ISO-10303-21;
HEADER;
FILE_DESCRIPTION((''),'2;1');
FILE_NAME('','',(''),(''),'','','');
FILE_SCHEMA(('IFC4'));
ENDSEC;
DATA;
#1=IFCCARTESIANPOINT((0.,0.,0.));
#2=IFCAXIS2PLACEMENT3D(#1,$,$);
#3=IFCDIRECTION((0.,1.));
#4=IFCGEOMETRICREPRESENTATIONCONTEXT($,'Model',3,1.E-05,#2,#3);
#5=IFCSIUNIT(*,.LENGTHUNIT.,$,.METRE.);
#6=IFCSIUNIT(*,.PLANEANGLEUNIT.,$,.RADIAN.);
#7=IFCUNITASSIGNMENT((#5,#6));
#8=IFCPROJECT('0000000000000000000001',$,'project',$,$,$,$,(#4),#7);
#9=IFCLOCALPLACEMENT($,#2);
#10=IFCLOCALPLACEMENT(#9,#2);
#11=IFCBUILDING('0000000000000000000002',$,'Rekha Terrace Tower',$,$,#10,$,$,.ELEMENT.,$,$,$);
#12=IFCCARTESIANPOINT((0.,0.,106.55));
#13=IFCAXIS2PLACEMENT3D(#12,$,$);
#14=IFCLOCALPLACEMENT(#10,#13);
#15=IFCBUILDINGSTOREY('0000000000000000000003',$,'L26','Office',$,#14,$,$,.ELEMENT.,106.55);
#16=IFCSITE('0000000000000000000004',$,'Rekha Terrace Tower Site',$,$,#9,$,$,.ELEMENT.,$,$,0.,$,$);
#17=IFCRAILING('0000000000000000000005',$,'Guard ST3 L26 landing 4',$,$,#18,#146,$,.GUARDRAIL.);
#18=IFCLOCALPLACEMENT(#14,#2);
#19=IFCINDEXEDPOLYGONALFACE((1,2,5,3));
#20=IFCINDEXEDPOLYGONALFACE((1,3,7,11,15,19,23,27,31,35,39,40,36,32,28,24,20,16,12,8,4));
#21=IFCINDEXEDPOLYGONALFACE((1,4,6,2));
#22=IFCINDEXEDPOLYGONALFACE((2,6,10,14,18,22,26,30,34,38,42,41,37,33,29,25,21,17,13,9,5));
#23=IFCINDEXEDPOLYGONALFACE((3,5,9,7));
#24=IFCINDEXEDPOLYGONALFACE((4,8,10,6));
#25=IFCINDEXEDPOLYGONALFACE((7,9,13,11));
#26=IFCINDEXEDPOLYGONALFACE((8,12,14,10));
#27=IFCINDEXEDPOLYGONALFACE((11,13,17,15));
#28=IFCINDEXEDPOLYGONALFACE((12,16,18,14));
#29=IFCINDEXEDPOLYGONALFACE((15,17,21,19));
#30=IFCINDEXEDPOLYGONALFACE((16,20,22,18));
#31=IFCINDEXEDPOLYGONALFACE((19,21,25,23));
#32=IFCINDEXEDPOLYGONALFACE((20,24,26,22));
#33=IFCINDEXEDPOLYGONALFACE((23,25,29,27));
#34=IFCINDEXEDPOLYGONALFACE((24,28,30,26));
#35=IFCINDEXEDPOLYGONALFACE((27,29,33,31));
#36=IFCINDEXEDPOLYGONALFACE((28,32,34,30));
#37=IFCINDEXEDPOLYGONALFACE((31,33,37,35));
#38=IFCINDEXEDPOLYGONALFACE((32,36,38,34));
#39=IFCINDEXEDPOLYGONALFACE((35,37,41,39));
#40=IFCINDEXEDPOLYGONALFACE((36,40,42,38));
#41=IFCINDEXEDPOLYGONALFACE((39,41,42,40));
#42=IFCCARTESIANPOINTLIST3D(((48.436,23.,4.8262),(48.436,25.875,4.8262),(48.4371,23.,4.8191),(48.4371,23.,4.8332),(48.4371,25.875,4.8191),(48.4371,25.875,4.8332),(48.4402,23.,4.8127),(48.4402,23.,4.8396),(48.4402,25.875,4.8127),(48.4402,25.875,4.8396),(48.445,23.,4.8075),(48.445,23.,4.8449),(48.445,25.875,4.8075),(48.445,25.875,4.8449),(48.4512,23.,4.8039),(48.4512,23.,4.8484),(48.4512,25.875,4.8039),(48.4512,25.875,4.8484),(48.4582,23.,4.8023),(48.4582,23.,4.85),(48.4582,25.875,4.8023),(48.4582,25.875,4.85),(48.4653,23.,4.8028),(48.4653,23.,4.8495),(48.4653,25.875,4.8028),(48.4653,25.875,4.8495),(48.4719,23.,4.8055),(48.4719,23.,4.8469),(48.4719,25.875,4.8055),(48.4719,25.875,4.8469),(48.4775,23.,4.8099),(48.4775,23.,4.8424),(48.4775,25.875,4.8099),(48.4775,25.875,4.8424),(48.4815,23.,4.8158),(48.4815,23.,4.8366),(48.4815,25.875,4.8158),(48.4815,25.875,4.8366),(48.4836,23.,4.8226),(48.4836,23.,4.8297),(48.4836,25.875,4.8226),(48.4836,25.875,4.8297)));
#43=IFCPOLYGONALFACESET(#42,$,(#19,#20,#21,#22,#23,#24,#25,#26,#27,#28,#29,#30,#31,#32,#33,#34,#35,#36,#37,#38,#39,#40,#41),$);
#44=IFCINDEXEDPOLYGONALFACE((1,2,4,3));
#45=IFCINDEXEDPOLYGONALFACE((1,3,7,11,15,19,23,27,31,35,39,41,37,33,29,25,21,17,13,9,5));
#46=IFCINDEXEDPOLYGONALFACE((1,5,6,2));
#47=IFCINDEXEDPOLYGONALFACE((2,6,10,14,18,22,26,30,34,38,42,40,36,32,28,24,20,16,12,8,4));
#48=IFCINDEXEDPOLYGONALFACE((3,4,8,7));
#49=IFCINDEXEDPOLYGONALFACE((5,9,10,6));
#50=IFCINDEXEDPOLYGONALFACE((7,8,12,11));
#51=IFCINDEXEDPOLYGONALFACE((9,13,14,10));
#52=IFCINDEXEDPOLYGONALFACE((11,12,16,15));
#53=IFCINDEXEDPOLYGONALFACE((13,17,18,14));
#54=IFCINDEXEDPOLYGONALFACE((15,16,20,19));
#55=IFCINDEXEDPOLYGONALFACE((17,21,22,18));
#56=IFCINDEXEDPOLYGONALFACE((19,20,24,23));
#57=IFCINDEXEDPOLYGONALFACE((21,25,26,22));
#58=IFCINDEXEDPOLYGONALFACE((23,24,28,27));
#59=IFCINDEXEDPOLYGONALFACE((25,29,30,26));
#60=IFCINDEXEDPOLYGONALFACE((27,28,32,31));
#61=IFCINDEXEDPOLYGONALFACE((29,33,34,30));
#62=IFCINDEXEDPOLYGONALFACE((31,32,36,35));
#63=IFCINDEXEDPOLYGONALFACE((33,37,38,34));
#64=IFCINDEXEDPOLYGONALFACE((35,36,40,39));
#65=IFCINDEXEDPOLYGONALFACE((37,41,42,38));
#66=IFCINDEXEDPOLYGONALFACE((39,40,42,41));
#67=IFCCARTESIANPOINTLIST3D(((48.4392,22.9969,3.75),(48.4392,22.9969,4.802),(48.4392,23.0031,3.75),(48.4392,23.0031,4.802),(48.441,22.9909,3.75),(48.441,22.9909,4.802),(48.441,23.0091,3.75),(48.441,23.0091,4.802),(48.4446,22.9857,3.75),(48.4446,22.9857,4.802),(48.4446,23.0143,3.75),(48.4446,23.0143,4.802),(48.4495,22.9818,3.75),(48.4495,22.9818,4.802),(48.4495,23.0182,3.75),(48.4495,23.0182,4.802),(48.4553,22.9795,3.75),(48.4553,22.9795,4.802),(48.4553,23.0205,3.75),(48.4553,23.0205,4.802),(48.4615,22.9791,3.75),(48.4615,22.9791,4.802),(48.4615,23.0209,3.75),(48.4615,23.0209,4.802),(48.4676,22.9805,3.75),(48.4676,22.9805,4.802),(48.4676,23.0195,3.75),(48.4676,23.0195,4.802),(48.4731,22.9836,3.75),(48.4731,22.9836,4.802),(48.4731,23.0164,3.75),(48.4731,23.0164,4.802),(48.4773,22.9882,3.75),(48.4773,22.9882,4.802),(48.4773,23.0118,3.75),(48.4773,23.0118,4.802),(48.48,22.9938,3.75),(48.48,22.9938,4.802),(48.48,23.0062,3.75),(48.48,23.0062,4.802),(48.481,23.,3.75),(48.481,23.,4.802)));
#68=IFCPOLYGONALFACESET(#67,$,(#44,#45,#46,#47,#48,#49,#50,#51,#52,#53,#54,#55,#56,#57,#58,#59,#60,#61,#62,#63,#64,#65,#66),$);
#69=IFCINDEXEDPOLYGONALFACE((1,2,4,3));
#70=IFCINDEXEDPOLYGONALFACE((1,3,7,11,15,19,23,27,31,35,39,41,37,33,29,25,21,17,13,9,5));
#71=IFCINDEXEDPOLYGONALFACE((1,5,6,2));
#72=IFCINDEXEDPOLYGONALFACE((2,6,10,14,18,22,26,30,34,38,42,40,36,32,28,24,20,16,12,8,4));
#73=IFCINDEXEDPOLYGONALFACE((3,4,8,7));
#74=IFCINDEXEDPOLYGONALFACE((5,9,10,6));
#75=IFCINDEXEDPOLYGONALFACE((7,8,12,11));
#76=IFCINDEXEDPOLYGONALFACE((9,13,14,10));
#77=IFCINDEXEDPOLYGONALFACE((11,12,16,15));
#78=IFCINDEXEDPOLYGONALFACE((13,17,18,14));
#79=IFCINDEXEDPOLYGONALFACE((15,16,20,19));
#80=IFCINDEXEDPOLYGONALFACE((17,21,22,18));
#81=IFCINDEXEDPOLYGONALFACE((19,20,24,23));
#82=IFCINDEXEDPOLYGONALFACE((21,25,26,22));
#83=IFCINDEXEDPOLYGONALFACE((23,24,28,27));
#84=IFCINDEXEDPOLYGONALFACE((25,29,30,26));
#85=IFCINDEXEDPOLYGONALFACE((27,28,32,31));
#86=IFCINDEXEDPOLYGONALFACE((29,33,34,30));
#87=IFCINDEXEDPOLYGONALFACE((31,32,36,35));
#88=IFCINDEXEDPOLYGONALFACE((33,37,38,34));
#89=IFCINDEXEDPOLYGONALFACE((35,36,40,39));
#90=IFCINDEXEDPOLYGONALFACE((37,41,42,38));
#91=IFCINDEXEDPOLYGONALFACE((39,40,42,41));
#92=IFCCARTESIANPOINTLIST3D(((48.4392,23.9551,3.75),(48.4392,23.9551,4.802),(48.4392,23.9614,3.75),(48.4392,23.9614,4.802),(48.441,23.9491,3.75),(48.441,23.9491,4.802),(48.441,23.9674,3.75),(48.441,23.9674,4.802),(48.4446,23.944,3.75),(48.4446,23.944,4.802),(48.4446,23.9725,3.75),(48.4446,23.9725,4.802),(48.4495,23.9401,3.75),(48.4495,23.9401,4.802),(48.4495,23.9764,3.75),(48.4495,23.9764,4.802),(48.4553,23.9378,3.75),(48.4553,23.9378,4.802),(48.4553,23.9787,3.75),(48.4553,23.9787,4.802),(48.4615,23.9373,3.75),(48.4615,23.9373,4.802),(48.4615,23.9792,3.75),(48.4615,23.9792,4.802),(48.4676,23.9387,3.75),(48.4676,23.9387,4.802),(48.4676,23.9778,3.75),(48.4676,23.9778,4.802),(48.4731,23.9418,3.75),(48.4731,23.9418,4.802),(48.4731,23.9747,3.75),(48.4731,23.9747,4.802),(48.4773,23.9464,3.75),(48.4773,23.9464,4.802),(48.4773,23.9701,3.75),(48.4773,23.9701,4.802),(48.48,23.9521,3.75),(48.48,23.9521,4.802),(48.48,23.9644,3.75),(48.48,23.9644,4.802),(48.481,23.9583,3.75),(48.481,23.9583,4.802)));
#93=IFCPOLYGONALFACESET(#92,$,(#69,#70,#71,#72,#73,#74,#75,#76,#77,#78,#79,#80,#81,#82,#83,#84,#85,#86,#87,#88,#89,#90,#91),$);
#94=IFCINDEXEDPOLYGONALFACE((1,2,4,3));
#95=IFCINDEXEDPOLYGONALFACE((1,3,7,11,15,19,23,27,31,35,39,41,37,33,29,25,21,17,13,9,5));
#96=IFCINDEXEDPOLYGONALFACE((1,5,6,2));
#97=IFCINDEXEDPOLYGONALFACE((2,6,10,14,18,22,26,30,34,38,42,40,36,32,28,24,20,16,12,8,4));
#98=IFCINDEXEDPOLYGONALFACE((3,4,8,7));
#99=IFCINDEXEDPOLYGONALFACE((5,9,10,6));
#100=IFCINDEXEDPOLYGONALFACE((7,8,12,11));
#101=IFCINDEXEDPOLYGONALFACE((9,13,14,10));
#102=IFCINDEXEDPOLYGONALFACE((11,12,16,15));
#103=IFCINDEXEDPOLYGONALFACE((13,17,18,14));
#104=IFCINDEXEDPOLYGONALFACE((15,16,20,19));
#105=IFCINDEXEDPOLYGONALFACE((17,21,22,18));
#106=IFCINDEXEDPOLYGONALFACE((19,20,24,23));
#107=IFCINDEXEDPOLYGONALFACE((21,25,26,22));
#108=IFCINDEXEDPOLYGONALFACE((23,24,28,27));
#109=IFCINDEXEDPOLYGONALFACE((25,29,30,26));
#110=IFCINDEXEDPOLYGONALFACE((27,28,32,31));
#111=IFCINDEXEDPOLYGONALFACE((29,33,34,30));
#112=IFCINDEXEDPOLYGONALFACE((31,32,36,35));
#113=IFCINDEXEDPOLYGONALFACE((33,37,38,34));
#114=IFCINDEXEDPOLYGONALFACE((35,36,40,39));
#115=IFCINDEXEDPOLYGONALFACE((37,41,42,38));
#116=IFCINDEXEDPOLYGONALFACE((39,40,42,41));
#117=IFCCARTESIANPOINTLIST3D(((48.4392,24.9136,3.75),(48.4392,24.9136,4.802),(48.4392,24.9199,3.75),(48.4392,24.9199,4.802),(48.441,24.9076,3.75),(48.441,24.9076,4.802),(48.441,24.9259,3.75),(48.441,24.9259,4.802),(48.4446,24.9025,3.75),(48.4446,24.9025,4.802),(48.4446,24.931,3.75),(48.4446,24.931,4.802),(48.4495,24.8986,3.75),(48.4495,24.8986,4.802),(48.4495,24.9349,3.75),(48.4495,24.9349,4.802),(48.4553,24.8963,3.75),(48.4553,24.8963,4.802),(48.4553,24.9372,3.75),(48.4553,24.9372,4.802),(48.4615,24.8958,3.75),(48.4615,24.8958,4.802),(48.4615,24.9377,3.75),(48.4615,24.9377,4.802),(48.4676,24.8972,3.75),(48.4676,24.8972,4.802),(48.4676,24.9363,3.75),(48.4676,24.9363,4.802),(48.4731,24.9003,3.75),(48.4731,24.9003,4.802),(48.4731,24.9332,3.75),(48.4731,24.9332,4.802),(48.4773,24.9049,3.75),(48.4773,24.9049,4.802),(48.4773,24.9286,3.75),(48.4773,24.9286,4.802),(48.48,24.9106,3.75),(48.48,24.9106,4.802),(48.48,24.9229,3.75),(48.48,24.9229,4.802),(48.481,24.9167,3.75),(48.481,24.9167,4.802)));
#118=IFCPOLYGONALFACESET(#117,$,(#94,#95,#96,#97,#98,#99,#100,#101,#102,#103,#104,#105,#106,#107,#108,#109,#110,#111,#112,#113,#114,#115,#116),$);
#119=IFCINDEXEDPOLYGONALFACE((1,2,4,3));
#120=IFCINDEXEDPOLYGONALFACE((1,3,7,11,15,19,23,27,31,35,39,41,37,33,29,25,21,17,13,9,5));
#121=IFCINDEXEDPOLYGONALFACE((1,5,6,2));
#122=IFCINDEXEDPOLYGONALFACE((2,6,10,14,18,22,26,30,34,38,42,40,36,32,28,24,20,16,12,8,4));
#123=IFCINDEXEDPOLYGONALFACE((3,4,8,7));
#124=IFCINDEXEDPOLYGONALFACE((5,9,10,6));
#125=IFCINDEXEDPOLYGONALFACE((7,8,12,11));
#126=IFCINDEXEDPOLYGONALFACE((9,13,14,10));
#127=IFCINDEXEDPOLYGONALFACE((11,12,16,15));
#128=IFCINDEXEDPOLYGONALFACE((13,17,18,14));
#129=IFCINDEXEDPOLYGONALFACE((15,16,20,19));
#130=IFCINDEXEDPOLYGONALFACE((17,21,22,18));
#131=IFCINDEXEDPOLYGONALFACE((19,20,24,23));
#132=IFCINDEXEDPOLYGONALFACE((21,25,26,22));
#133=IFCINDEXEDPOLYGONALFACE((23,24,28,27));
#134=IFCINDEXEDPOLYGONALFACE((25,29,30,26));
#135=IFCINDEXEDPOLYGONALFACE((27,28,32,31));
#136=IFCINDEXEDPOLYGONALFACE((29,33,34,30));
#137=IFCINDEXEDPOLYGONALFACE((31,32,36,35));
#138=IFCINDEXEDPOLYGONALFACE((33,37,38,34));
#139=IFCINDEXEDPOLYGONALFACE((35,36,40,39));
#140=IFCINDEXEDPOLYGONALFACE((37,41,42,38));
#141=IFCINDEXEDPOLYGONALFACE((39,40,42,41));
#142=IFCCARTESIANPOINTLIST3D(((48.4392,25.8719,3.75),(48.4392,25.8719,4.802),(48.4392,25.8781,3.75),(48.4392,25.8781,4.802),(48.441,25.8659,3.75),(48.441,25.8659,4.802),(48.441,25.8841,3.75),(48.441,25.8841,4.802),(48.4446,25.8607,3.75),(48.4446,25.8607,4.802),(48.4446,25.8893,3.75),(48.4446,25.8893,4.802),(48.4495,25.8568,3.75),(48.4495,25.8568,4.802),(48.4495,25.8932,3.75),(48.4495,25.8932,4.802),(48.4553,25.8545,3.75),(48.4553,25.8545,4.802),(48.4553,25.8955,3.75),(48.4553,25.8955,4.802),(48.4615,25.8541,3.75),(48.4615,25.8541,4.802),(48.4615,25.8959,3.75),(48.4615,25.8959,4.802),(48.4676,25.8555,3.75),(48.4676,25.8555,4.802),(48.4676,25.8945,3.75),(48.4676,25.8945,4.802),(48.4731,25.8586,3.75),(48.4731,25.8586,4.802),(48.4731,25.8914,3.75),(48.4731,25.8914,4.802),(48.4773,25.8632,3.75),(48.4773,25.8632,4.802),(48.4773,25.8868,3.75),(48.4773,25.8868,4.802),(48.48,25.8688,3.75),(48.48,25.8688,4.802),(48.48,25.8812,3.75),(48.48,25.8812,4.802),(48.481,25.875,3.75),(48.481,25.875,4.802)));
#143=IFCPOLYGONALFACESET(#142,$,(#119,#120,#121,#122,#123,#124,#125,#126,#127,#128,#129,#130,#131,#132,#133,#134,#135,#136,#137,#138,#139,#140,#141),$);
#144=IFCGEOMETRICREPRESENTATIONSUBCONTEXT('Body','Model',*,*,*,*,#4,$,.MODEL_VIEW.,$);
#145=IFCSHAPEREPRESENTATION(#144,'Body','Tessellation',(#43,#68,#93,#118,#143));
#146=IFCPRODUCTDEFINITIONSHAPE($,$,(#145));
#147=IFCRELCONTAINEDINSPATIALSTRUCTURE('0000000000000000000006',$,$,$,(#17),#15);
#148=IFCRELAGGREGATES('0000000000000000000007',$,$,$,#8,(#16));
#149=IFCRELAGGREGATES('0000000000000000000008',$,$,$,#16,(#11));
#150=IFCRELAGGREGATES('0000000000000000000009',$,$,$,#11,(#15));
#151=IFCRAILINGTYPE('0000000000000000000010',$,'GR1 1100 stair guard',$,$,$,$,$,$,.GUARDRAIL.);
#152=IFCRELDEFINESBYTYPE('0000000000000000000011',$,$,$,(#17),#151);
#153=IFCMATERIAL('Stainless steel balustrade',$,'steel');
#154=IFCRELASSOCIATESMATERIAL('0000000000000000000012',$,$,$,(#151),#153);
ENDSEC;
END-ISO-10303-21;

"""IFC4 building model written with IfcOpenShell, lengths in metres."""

from ifc_helpers import new_model, si_unit, direction, frame, origin, origin_2d, place, context, subcontext, project, spatial, circle, extrude, material, type_object, element, save


model = new_model("IFC4")

# Units and contexts
model_context = context("Model", 3, precision=1e-05, world=origin(), true_north=direction((0.0, 1.0)))
body_context = subcontext(model_context, "Body", "Model", "MODEL_VIEW")
ifc_project = project(units=[si_unit("LENGTHUNIT", "METRE"), si_unit("PLANEANGLEUNIT", "RADIAN")], contexts=[model_context])

# Site, building, storey
site_placement = place(None, origin())
site = spatial("IfcSite", under=ifc_project, at=site_placement, Name="Rekha Terrace Tower Site", CompositionType="ELEMENT", RefElevation=0.0)
building_placement = place(site_placement, origin())
building = spatial("IfcBuilding", under=site, at=building_placement, Name="Rekha Terrace Tower", CompositionType="ELEMENT")
storey_placement = place(building_placement, frame((0.0, 0.0, 106.55)))
storey = spatial("IfcBuildingStorey", under=building, at=storey_placement, Name="L26", Description="Office", CompositionType="ELEMENT", Elevation=106.55)

# Railing
ifc_material_1 = material(Name="Stainless steel balustrade", Category="steel")
railing_type_1 = type_object("IfcRailingType", Name="GR1 1100 stair guard", PredefinedType="GUARDRAIL", material=ifc_material_1)
railing_1_placement = place(storey_placement, frame((48.46, 23.0, 3.75)))
element("IfcRailing", 1, at=railing_1_placement, inside=storey, type_object=railing_type_1, Name="Guard ST3 L26 landing 4", PredefinedType="GUARDRAIL", context=body_context, shape_type="SweptSolid", body=[
    extrude(circle(Radius=0.0239, at=origin_2d()), frame((0.0, 0.0, 1.0762), z_axis=(0.0, 1.0, 0.0), x_axis=(-1.0, 0.0, 0.0)), (0.0, 0.0, 1.0), 2.875),
    extrude(circle(Radius=0.021, at=origin_2d()), origin(), (0.0, 0.0, 1.0), 1.052),
    extrude(circle(Radius=0.021, at=origin_2d()), frame((0.0, 0.9583, 0.0)), (0.0, 0.0, 1.0), 1.052),
    extrude(circle(Radius=0.021, at=origin_2d()), frame((0.0, 1.9167, 0.0)), (0.0, 0.0, 1.0), 1.052),
    extrude(circle(Radius=0.021, at=origin_2d()), frame((0.0, 2.875, 0.0)), (0.0, 0.0, 1.0), 1.052),
])

save(model, "model.ifc")
